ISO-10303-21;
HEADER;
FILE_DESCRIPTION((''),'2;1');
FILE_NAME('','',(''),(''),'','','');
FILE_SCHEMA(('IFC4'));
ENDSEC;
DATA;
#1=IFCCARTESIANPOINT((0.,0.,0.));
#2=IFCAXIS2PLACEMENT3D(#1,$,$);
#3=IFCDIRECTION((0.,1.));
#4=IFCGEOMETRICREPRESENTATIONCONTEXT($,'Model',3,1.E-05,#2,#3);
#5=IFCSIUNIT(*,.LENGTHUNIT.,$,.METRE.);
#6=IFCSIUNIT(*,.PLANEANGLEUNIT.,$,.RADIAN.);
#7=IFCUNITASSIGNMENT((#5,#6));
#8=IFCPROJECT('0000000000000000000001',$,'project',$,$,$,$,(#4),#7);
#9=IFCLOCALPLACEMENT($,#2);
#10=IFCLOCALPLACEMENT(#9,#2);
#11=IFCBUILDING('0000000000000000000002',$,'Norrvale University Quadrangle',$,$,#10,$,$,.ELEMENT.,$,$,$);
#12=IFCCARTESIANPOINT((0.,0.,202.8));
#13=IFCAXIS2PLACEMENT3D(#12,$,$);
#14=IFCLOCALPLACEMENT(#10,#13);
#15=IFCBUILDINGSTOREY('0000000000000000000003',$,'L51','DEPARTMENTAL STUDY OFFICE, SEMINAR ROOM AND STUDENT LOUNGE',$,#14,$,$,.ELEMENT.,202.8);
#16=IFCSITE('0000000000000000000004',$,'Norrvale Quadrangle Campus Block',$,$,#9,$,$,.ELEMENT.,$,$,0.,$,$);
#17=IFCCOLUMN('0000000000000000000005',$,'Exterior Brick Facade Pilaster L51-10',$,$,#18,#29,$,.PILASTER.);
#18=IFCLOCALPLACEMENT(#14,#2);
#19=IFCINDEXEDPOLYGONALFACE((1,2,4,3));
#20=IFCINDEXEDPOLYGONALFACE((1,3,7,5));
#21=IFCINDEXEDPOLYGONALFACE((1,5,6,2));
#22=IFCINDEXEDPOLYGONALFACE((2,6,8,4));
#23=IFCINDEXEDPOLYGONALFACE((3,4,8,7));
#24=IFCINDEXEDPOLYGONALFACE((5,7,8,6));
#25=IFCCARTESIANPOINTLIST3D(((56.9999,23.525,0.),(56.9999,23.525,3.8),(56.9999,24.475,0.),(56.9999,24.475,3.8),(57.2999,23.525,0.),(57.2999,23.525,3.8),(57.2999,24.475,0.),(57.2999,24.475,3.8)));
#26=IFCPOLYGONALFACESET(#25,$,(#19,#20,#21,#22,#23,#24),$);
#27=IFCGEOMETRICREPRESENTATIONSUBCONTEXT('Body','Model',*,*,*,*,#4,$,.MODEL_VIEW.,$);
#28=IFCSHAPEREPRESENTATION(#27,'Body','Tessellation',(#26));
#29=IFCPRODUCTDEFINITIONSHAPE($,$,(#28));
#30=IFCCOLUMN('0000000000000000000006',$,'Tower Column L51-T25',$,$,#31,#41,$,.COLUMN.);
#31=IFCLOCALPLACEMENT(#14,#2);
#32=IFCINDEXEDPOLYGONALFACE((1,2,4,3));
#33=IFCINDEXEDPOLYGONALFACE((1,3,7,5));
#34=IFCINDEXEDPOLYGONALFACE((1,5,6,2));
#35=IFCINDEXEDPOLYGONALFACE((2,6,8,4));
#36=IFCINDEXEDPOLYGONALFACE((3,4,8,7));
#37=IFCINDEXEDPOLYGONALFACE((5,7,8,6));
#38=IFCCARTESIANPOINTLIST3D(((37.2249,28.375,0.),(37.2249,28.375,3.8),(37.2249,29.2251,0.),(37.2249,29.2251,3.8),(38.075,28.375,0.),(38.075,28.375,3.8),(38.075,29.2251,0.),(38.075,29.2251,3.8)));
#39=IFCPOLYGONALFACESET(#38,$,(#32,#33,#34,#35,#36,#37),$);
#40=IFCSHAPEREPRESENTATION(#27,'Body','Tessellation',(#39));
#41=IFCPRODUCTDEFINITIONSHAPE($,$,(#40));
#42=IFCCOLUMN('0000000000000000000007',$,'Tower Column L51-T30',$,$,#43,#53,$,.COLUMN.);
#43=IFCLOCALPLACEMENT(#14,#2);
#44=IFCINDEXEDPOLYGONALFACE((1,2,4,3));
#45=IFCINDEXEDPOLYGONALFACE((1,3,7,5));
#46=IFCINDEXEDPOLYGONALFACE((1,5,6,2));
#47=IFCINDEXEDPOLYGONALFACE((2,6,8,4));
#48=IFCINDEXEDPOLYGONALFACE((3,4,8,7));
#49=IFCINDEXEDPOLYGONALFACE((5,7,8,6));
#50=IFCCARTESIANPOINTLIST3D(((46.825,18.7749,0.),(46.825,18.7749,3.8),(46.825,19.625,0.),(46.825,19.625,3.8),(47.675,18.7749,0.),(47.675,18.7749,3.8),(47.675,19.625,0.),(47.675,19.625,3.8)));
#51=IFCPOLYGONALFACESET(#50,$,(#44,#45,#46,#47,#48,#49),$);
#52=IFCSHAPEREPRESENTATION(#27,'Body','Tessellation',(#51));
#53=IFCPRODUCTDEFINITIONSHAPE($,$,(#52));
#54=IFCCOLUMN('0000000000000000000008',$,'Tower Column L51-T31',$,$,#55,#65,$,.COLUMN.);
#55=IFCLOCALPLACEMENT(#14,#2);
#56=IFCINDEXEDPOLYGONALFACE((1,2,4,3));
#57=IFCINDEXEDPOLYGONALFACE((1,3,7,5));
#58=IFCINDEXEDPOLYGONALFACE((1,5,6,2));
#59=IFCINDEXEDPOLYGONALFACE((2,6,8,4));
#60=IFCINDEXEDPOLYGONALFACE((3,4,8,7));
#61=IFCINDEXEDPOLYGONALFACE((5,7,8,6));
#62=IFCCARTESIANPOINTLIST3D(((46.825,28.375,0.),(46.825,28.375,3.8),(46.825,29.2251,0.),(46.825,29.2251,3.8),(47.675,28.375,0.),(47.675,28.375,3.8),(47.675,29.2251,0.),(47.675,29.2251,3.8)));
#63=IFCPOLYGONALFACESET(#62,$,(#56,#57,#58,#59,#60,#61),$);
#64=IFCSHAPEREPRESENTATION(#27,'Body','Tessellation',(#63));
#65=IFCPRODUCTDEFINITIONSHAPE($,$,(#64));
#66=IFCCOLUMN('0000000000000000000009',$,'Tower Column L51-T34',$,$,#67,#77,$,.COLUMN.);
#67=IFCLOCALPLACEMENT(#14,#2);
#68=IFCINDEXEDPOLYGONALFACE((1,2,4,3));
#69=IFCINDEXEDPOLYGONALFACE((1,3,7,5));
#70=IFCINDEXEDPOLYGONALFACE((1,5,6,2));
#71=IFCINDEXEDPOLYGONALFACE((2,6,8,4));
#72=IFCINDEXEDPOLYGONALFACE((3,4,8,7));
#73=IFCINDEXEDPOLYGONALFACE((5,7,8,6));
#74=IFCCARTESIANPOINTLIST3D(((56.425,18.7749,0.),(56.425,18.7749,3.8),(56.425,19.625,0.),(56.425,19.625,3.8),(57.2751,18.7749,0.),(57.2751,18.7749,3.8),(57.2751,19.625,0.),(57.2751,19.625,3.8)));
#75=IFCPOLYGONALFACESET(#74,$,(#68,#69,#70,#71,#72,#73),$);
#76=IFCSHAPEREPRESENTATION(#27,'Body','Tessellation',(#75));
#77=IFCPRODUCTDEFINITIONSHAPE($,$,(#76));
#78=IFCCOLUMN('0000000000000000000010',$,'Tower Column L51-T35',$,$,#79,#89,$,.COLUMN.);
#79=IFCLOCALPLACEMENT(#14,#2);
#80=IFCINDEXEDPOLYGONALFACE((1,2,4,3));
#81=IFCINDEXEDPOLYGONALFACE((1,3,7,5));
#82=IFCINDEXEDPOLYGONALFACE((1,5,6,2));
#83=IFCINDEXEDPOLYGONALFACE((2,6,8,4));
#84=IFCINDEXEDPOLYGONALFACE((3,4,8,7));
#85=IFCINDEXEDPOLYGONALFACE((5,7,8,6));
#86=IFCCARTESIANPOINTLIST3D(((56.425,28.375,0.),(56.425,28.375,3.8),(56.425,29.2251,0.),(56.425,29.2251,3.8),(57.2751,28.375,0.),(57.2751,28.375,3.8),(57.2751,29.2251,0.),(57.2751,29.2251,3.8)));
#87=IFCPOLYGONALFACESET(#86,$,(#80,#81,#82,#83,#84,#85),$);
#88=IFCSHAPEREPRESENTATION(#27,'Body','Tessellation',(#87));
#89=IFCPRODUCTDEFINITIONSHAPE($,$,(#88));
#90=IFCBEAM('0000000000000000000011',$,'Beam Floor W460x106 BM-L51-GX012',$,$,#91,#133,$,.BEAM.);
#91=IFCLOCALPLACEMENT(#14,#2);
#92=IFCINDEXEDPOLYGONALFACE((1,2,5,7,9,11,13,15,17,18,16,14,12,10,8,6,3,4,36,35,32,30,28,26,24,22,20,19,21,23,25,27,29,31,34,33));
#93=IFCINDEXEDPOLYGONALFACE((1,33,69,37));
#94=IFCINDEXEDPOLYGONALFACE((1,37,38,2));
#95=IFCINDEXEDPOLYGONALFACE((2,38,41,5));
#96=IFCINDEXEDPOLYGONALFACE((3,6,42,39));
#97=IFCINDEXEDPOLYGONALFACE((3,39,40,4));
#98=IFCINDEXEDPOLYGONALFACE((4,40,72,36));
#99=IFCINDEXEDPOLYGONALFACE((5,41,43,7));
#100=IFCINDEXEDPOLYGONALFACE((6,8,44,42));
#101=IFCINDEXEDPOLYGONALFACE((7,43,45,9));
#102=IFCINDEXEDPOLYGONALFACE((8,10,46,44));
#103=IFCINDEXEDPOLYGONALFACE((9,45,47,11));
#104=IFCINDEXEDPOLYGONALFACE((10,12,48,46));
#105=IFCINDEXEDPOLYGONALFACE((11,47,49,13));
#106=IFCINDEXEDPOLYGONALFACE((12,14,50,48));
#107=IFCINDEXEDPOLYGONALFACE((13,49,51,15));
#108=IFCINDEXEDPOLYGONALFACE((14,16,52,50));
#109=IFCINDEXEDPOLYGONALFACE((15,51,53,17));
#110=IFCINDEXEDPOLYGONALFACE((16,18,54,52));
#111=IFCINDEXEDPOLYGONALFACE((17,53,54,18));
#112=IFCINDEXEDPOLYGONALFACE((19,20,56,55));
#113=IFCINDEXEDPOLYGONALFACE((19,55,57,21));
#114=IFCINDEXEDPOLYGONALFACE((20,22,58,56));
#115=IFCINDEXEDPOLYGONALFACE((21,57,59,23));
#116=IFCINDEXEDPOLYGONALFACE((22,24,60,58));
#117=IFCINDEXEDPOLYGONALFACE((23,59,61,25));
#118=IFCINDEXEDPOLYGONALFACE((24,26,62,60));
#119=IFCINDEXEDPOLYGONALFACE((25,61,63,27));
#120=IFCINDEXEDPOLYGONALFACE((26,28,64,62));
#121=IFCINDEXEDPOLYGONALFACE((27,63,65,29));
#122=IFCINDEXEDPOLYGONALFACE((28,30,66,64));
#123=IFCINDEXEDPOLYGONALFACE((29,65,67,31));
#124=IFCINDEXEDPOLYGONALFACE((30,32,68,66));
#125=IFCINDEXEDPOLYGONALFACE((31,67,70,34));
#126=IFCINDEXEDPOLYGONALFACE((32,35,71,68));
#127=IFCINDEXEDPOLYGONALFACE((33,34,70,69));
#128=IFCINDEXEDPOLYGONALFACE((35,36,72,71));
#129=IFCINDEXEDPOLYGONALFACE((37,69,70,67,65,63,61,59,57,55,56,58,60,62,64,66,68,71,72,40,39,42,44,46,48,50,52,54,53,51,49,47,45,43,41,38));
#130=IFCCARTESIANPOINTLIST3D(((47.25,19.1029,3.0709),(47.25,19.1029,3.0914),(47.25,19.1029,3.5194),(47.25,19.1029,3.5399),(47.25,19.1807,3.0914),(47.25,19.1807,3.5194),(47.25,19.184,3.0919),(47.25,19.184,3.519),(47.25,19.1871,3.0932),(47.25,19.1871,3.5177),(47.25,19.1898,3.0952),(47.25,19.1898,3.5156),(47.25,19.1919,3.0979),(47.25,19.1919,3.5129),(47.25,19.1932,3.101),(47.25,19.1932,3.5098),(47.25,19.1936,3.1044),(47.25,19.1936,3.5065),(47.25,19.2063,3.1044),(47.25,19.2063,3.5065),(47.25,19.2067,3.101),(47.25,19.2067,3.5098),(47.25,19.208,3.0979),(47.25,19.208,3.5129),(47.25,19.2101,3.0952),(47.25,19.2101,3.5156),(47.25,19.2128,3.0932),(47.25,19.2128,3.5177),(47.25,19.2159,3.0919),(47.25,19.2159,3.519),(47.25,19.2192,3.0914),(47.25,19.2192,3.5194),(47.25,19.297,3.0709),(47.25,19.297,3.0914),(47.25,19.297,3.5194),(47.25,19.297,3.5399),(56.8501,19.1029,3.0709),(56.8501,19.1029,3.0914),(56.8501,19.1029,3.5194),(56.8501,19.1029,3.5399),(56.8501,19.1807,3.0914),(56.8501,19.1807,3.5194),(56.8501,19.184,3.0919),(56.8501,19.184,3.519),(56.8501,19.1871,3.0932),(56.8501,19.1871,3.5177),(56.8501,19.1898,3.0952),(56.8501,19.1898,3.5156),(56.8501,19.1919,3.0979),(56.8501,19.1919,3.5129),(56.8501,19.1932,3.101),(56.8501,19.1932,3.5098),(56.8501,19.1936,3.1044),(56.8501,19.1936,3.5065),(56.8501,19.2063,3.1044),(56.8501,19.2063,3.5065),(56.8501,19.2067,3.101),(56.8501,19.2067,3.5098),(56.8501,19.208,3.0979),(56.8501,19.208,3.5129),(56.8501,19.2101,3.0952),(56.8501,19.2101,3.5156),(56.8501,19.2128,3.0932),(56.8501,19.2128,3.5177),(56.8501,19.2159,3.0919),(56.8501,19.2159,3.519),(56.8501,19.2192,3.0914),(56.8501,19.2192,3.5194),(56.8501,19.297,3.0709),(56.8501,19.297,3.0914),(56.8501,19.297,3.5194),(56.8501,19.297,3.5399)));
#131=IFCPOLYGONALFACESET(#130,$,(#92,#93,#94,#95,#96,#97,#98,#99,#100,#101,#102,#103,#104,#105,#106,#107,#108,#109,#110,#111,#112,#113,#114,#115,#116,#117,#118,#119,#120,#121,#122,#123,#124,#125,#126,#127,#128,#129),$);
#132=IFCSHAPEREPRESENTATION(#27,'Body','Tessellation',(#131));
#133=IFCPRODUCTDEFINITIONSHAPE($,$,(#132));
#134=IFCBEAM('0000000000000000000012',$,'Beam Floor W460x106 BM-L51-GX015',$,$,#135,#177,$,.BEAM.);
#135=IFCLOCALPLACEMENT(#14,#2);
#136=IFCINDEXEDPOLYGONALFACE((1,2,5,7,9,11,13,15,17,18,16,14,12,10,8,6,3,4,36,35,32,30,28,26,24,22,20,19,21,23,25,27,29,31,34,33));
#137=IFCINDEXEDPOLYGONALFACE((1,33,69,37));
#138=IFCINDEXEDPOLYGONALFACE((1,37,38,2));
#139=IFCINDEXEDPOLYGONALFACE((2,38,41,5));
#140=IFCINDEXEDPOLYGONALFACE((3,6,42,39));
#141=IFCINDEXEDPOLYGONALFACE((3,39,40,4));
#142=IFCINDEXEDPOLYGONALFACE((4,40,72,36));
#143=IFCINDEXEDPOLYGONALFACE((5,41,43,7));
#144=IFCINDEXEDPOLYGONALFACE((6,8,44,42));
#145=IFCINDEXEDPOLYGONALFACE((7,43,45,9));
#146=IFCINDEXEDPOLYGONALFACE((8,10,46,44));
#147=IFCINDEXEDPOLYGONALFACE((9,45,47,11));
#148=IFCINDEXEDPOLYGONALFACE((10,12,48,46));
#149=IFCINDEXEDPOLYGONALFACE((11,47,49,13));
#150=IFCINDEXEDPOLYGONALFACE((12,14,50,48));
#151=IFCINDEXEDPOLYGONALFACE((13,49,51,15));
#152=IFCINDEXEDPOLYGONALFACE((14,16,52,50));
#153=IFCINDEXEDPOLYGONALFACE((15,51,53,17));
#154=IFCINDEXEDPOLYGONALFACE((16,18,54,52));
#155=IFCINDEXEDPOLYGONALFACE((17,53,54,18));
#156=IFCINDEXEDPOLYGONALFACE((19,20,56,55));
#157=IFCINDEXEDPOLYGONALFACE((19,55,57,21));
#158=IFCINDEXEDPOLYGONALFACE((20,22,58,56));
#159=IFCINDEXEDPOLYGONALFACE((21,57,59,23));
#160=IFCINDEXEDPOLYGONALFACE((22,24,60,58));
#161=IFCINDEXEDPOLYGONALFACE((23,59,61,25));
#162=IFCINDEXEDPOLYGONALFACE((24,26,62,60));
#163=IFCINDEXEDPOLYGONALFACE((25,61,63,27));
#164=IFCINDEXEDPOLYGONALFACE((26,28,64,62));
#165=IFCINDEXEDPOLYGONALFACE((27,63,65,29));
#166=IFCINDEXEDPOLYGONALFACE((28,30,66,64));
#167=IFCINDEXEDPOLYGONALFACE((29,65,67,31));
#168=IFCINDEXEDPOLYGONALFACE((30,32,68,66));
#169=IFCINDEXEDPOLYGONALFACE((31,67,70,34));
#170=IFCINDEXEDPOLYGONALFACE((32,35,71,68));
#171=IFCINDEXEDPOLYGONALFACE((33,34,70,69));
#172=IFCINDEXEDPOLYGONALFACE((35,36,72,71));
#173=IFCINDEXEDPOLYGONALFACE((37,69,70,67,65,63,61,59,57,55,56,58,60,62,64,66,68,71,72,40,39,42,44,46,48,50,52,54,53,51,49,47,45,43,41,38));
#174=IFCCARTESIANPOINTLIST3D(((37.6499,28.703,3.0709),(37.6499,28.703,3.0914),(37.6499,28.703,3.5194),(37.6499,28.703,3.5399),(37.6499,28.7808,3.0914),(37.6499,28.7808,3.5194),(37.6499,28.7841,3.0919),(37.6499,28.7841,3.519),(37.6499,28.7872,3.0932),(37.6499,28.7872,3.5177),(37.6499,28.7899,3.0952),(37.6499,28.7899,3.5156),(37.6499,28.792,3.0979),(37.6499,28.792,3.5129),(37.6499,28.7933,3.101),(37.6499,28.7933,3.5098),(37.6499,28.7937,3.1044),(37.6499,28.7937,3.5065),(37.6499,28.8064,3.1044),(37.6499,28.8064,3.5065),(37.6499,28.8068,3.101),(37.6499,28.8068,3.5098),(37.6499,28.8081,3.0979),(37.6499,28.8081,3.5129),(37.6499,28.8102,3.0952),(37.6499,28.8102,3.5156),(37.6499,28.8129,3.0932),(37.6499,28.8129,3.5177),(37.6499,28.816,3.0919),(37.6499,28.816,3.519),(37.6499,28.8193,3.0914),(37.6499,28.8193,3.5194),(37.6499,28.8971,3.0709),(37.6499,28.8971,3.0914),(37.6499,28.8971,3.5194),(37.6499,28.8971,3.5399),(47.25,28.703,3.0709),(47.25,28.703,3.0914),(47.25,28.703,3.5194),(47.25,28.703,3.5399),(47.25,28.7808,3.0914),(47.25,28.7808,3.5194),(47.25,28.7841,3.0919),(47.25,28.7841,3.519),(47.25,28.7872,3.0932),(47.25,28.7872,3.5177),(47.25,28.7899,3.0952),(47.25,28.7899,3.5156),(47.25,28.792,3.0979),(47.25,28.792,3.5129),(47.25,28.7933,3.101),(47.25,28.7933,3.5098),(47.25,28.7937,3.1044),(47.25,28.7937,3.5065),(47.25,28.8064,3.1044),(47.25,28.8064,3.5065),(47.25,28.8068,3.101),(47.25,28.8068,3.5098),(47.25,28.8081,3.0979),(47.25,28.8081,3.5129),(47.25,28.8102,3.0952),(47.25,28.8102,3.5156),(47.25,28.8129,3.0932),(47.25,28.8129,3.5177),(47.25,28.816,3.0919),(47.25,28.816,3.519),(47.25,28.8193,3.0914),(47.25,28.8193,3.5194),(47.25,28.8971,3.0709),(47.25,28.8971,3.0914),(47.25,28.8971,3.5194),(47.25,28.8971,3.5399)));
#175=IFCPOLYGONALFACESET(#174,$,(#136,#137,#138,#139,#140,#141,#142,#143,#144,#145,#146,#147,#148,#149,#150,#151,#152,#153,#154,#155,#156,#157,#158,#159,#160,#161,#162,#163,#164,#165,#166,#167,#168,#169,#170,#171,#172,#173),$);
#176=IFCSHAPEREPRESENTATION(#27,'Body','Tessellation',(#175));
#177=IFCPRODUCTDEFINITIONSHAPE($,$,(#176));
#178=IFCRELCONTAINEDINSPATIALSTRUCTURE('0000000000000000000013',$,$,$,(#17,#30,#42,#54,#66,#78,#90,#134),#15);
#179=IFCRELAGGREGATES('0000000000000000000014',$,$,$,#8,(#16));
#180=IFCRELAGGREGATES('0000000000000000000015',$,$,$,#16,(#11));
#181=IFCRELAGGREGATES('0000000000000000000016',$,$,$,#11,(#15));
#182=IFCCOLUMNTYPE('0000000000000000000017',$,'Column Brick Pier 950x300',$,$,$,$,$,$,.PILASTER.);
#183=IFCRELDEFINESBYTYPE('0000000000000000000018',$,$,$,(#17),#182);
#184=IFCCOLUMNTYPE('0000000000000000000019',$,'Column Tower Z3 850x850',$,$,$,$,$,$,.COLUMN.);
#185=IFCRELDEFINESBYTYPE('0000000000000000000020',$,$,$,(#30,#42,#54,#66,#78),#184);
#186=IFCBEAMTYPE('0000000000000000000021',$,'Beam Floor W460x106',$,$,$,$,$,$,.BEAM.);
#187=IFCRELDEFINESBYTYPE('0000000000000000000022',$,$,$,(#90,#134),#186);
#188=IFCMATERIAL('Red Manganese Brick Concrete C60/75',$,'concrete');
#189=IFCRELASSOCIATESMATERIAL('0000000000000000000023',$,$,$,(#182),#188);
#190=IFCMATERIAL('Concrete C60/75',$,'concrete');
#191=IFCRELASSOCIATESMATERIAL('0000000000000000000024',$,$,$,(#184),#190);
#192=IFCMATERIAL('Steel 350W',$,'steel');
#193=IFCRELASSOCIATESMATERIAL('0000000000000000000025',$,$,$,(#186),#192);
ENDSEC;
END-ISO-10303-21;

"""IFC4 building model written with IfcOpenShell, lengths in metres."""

from ifc_helpers import new_model, si_unit, direction, frame, origin, origin_2d, place, context, subcontext, project, spatial, rectangle, i_section, extrude, material, material_profile, profile_set, type_object, element, save


model = new_model("IFC4")

# Units and contexts
model_context = context("Model", 3, precision=1e-05, world=origin(), true_north=direction((0.0, 1.0)))
body_context = subcontext(model_context, "Body", "Model", "MODEL_VIEW")
ifc_project = project(units=[si_unit("LENGTHUNIT", "METRE"), si_unit("PLANEANGLEUNIT", "RADIAN")], contexts=[model_context])

# Site, building, storey
site_placement = place(None, origin())
site = spatial("IfcSite", under=ifc_project, at=site_placement, Name="Norrvale Quadrangle Campus Block", CompositionType="ELEMENT", RefElevation=0.0)
building_placement = place(site_placement, origin())
building = spatial("IfcBuilding", under=site, at=building_placement, Name="Norrvale University Quadrangle", CompositionType="ELEMENT")
storey_placement = place(building_placement, frame((0.0, 0.0, 202.8)))
storey = spatial("IfcBuildingStorey", under=building, at=storey_placement, Name="L51", Description="DEPARTMENTAL STUDY OFFICE, SEMINAR ROOM AND STUDENT LOUNGE", CompositionType="ELEMENT", Elevation=202.8)

# Columns
ifc_material_1 = material(Name="Red Manganese Brick Concrete C60/75", Category="concrete")
ifc_material_profile_1 = material_profile(ifc_material_1, rectangle(XDim=0.95, YDim=0.3, at=origin_2d()), Name="Red Manganese Brick Concrete C60/75")
ifc_profile_set_1 = profile_set([ifc_material_profile_1], Name="Red Manganese Brick Concrete C60/75")
column_type_1 = type_object("IfcColumnType", Name="Column Brick Pier 950x300", PredefinedType="PILASTER", material=ifc_profile_set_1)
column_placement = place(storey_placement, frame((57.1499, 24.0, 0.0), z_axis=(0.0, 0.0, 1.0), x_axis=(0.0, 1.0, 0.0)))
element("IfcColumn", 1, at=column_placement, inside=storey, type_object=column_type_1, Name="Exterior Brick Facade Pilaster L51-10", PredefinedType="PILASTER", context=body_context, shape_type="SweptSolid", body=[
    extrude(rectangle(XDim=0.95, YDim=0.3, at=origin_2d()), origin(), (0.0, 0.0, 1.0), 3.8),
])
ifc_material_2 = material(Name="Concrete C60/75", Category="concrete")
ifc_material_profile_2 = material_profile(ifc_material_2, rectangle(XDim=0.8501, YDim=0.8501, at=origin_2d()), Name="Concrete C60/75")
ifc_profile_set_2 = profile_set([ifc_material_profile_2], Name="Concrete C60/75")
column_type_2 = type_object("IfcColumnType", Name="Column Tower Z3 850x850", PredefinedType="COLUMN", material=ifc_profile_set_2)
for number, where, z_axis, x_axis, name in (
    (2, (37.6499, 28.8, 0.0), (0.0, 0.0, 1.0), (1.0, 0.0, 0.0), "Tower Column L51-T25"),
    (3, (47.25, 19.2, 0.0), (0.0, 0.0, 1.0), (1.0, 0.0, 0.0), "Tower Column L51-T30"),
    (4, (47.25, 28.8, 0.0), (0.0, 0.0, 1.0), (1.0, 0.0, 0.0), "Tower Column L51-T31"),
    (5, (56.8501, 19.2, 0.0), (0.0, 0.0, 1.0), (1.0, 0.0, 0.0), "Tower Column L51-T34"),
    (6, (56.8501, 28.8, 0.0), (0.0, 0.0, 1.0), (1.0, 0.0, 0.0), "Tower Column L51-T35"),
):
    element("IfcColumn", number, at=place(storey_placement, frame(where, z_axis=z_axis, x_axis=x_axis)), inside=storey, type_object=column_type_2, Name=name, PredefinedType="COLUMN", context=body_context, shape_type="SweptSolid", body=[
        extrude(rectangle(XDim=0.8501, YDim=0.8501, at=origin_2d()), origin(), (0.0, 0.0, 1.0), 3.8),
    ])

# Beams
ifc_material_3 = material(Name="Steel 350W", Category="steel")
ifc_material_profile_3 = material_profile(ifc_material_3, i_section(OverallWidth=0.1941, OverallDepth=0.469, WebThickness=0.0127, FlangeThickness=0.0205, FilletRadius=0.0129, at=origin_2d()), Name="Steel 350W")
ifc_profile_set_3 = profile_set([ifc_material_profile_3], Name="Steel 350W")
beam_type_1 = type_object("IfcBeamType", Name="Beam Floor W460x106", PredefinedType="BEAM", material=ifc_profile_set_3)
for number, where, z_axis, x_axis, name in (
    (7, (47.25, 19.2, 3.3054), (1.0, 0.0, 0.0), (0.0, 1.0, 0.0), "Beam Floor W460x106 BM-L51-GX012"),
    (8, (37.6499, 28.8, 3.3054), (1.0, 0.0, 0.0), (0.0, 1.0, 0.0), "Beam Floor W460x106 BM-L51-GX015"),
):
    element("IfcBeam", number, at=place(storey_placement, frame(where, z_axis=z_axis, x_axis=x_axis)), inside=storey, type_object=beam_type_1, Name=name, PredefinedType="BEAM", context=body_context, shape_type="SweptSolid", body=[
        extrude(i_section(OverallWidth=0.1941, OverallDepth=0.469, WebThickness=0.0127, FlangeThickness=0.0205, FilletRadius=0.0129, at=origin_2d()), origin(), (0.0, 0.0, 1.0), 9.6001),
    ])

save(model, "model.ifc")
